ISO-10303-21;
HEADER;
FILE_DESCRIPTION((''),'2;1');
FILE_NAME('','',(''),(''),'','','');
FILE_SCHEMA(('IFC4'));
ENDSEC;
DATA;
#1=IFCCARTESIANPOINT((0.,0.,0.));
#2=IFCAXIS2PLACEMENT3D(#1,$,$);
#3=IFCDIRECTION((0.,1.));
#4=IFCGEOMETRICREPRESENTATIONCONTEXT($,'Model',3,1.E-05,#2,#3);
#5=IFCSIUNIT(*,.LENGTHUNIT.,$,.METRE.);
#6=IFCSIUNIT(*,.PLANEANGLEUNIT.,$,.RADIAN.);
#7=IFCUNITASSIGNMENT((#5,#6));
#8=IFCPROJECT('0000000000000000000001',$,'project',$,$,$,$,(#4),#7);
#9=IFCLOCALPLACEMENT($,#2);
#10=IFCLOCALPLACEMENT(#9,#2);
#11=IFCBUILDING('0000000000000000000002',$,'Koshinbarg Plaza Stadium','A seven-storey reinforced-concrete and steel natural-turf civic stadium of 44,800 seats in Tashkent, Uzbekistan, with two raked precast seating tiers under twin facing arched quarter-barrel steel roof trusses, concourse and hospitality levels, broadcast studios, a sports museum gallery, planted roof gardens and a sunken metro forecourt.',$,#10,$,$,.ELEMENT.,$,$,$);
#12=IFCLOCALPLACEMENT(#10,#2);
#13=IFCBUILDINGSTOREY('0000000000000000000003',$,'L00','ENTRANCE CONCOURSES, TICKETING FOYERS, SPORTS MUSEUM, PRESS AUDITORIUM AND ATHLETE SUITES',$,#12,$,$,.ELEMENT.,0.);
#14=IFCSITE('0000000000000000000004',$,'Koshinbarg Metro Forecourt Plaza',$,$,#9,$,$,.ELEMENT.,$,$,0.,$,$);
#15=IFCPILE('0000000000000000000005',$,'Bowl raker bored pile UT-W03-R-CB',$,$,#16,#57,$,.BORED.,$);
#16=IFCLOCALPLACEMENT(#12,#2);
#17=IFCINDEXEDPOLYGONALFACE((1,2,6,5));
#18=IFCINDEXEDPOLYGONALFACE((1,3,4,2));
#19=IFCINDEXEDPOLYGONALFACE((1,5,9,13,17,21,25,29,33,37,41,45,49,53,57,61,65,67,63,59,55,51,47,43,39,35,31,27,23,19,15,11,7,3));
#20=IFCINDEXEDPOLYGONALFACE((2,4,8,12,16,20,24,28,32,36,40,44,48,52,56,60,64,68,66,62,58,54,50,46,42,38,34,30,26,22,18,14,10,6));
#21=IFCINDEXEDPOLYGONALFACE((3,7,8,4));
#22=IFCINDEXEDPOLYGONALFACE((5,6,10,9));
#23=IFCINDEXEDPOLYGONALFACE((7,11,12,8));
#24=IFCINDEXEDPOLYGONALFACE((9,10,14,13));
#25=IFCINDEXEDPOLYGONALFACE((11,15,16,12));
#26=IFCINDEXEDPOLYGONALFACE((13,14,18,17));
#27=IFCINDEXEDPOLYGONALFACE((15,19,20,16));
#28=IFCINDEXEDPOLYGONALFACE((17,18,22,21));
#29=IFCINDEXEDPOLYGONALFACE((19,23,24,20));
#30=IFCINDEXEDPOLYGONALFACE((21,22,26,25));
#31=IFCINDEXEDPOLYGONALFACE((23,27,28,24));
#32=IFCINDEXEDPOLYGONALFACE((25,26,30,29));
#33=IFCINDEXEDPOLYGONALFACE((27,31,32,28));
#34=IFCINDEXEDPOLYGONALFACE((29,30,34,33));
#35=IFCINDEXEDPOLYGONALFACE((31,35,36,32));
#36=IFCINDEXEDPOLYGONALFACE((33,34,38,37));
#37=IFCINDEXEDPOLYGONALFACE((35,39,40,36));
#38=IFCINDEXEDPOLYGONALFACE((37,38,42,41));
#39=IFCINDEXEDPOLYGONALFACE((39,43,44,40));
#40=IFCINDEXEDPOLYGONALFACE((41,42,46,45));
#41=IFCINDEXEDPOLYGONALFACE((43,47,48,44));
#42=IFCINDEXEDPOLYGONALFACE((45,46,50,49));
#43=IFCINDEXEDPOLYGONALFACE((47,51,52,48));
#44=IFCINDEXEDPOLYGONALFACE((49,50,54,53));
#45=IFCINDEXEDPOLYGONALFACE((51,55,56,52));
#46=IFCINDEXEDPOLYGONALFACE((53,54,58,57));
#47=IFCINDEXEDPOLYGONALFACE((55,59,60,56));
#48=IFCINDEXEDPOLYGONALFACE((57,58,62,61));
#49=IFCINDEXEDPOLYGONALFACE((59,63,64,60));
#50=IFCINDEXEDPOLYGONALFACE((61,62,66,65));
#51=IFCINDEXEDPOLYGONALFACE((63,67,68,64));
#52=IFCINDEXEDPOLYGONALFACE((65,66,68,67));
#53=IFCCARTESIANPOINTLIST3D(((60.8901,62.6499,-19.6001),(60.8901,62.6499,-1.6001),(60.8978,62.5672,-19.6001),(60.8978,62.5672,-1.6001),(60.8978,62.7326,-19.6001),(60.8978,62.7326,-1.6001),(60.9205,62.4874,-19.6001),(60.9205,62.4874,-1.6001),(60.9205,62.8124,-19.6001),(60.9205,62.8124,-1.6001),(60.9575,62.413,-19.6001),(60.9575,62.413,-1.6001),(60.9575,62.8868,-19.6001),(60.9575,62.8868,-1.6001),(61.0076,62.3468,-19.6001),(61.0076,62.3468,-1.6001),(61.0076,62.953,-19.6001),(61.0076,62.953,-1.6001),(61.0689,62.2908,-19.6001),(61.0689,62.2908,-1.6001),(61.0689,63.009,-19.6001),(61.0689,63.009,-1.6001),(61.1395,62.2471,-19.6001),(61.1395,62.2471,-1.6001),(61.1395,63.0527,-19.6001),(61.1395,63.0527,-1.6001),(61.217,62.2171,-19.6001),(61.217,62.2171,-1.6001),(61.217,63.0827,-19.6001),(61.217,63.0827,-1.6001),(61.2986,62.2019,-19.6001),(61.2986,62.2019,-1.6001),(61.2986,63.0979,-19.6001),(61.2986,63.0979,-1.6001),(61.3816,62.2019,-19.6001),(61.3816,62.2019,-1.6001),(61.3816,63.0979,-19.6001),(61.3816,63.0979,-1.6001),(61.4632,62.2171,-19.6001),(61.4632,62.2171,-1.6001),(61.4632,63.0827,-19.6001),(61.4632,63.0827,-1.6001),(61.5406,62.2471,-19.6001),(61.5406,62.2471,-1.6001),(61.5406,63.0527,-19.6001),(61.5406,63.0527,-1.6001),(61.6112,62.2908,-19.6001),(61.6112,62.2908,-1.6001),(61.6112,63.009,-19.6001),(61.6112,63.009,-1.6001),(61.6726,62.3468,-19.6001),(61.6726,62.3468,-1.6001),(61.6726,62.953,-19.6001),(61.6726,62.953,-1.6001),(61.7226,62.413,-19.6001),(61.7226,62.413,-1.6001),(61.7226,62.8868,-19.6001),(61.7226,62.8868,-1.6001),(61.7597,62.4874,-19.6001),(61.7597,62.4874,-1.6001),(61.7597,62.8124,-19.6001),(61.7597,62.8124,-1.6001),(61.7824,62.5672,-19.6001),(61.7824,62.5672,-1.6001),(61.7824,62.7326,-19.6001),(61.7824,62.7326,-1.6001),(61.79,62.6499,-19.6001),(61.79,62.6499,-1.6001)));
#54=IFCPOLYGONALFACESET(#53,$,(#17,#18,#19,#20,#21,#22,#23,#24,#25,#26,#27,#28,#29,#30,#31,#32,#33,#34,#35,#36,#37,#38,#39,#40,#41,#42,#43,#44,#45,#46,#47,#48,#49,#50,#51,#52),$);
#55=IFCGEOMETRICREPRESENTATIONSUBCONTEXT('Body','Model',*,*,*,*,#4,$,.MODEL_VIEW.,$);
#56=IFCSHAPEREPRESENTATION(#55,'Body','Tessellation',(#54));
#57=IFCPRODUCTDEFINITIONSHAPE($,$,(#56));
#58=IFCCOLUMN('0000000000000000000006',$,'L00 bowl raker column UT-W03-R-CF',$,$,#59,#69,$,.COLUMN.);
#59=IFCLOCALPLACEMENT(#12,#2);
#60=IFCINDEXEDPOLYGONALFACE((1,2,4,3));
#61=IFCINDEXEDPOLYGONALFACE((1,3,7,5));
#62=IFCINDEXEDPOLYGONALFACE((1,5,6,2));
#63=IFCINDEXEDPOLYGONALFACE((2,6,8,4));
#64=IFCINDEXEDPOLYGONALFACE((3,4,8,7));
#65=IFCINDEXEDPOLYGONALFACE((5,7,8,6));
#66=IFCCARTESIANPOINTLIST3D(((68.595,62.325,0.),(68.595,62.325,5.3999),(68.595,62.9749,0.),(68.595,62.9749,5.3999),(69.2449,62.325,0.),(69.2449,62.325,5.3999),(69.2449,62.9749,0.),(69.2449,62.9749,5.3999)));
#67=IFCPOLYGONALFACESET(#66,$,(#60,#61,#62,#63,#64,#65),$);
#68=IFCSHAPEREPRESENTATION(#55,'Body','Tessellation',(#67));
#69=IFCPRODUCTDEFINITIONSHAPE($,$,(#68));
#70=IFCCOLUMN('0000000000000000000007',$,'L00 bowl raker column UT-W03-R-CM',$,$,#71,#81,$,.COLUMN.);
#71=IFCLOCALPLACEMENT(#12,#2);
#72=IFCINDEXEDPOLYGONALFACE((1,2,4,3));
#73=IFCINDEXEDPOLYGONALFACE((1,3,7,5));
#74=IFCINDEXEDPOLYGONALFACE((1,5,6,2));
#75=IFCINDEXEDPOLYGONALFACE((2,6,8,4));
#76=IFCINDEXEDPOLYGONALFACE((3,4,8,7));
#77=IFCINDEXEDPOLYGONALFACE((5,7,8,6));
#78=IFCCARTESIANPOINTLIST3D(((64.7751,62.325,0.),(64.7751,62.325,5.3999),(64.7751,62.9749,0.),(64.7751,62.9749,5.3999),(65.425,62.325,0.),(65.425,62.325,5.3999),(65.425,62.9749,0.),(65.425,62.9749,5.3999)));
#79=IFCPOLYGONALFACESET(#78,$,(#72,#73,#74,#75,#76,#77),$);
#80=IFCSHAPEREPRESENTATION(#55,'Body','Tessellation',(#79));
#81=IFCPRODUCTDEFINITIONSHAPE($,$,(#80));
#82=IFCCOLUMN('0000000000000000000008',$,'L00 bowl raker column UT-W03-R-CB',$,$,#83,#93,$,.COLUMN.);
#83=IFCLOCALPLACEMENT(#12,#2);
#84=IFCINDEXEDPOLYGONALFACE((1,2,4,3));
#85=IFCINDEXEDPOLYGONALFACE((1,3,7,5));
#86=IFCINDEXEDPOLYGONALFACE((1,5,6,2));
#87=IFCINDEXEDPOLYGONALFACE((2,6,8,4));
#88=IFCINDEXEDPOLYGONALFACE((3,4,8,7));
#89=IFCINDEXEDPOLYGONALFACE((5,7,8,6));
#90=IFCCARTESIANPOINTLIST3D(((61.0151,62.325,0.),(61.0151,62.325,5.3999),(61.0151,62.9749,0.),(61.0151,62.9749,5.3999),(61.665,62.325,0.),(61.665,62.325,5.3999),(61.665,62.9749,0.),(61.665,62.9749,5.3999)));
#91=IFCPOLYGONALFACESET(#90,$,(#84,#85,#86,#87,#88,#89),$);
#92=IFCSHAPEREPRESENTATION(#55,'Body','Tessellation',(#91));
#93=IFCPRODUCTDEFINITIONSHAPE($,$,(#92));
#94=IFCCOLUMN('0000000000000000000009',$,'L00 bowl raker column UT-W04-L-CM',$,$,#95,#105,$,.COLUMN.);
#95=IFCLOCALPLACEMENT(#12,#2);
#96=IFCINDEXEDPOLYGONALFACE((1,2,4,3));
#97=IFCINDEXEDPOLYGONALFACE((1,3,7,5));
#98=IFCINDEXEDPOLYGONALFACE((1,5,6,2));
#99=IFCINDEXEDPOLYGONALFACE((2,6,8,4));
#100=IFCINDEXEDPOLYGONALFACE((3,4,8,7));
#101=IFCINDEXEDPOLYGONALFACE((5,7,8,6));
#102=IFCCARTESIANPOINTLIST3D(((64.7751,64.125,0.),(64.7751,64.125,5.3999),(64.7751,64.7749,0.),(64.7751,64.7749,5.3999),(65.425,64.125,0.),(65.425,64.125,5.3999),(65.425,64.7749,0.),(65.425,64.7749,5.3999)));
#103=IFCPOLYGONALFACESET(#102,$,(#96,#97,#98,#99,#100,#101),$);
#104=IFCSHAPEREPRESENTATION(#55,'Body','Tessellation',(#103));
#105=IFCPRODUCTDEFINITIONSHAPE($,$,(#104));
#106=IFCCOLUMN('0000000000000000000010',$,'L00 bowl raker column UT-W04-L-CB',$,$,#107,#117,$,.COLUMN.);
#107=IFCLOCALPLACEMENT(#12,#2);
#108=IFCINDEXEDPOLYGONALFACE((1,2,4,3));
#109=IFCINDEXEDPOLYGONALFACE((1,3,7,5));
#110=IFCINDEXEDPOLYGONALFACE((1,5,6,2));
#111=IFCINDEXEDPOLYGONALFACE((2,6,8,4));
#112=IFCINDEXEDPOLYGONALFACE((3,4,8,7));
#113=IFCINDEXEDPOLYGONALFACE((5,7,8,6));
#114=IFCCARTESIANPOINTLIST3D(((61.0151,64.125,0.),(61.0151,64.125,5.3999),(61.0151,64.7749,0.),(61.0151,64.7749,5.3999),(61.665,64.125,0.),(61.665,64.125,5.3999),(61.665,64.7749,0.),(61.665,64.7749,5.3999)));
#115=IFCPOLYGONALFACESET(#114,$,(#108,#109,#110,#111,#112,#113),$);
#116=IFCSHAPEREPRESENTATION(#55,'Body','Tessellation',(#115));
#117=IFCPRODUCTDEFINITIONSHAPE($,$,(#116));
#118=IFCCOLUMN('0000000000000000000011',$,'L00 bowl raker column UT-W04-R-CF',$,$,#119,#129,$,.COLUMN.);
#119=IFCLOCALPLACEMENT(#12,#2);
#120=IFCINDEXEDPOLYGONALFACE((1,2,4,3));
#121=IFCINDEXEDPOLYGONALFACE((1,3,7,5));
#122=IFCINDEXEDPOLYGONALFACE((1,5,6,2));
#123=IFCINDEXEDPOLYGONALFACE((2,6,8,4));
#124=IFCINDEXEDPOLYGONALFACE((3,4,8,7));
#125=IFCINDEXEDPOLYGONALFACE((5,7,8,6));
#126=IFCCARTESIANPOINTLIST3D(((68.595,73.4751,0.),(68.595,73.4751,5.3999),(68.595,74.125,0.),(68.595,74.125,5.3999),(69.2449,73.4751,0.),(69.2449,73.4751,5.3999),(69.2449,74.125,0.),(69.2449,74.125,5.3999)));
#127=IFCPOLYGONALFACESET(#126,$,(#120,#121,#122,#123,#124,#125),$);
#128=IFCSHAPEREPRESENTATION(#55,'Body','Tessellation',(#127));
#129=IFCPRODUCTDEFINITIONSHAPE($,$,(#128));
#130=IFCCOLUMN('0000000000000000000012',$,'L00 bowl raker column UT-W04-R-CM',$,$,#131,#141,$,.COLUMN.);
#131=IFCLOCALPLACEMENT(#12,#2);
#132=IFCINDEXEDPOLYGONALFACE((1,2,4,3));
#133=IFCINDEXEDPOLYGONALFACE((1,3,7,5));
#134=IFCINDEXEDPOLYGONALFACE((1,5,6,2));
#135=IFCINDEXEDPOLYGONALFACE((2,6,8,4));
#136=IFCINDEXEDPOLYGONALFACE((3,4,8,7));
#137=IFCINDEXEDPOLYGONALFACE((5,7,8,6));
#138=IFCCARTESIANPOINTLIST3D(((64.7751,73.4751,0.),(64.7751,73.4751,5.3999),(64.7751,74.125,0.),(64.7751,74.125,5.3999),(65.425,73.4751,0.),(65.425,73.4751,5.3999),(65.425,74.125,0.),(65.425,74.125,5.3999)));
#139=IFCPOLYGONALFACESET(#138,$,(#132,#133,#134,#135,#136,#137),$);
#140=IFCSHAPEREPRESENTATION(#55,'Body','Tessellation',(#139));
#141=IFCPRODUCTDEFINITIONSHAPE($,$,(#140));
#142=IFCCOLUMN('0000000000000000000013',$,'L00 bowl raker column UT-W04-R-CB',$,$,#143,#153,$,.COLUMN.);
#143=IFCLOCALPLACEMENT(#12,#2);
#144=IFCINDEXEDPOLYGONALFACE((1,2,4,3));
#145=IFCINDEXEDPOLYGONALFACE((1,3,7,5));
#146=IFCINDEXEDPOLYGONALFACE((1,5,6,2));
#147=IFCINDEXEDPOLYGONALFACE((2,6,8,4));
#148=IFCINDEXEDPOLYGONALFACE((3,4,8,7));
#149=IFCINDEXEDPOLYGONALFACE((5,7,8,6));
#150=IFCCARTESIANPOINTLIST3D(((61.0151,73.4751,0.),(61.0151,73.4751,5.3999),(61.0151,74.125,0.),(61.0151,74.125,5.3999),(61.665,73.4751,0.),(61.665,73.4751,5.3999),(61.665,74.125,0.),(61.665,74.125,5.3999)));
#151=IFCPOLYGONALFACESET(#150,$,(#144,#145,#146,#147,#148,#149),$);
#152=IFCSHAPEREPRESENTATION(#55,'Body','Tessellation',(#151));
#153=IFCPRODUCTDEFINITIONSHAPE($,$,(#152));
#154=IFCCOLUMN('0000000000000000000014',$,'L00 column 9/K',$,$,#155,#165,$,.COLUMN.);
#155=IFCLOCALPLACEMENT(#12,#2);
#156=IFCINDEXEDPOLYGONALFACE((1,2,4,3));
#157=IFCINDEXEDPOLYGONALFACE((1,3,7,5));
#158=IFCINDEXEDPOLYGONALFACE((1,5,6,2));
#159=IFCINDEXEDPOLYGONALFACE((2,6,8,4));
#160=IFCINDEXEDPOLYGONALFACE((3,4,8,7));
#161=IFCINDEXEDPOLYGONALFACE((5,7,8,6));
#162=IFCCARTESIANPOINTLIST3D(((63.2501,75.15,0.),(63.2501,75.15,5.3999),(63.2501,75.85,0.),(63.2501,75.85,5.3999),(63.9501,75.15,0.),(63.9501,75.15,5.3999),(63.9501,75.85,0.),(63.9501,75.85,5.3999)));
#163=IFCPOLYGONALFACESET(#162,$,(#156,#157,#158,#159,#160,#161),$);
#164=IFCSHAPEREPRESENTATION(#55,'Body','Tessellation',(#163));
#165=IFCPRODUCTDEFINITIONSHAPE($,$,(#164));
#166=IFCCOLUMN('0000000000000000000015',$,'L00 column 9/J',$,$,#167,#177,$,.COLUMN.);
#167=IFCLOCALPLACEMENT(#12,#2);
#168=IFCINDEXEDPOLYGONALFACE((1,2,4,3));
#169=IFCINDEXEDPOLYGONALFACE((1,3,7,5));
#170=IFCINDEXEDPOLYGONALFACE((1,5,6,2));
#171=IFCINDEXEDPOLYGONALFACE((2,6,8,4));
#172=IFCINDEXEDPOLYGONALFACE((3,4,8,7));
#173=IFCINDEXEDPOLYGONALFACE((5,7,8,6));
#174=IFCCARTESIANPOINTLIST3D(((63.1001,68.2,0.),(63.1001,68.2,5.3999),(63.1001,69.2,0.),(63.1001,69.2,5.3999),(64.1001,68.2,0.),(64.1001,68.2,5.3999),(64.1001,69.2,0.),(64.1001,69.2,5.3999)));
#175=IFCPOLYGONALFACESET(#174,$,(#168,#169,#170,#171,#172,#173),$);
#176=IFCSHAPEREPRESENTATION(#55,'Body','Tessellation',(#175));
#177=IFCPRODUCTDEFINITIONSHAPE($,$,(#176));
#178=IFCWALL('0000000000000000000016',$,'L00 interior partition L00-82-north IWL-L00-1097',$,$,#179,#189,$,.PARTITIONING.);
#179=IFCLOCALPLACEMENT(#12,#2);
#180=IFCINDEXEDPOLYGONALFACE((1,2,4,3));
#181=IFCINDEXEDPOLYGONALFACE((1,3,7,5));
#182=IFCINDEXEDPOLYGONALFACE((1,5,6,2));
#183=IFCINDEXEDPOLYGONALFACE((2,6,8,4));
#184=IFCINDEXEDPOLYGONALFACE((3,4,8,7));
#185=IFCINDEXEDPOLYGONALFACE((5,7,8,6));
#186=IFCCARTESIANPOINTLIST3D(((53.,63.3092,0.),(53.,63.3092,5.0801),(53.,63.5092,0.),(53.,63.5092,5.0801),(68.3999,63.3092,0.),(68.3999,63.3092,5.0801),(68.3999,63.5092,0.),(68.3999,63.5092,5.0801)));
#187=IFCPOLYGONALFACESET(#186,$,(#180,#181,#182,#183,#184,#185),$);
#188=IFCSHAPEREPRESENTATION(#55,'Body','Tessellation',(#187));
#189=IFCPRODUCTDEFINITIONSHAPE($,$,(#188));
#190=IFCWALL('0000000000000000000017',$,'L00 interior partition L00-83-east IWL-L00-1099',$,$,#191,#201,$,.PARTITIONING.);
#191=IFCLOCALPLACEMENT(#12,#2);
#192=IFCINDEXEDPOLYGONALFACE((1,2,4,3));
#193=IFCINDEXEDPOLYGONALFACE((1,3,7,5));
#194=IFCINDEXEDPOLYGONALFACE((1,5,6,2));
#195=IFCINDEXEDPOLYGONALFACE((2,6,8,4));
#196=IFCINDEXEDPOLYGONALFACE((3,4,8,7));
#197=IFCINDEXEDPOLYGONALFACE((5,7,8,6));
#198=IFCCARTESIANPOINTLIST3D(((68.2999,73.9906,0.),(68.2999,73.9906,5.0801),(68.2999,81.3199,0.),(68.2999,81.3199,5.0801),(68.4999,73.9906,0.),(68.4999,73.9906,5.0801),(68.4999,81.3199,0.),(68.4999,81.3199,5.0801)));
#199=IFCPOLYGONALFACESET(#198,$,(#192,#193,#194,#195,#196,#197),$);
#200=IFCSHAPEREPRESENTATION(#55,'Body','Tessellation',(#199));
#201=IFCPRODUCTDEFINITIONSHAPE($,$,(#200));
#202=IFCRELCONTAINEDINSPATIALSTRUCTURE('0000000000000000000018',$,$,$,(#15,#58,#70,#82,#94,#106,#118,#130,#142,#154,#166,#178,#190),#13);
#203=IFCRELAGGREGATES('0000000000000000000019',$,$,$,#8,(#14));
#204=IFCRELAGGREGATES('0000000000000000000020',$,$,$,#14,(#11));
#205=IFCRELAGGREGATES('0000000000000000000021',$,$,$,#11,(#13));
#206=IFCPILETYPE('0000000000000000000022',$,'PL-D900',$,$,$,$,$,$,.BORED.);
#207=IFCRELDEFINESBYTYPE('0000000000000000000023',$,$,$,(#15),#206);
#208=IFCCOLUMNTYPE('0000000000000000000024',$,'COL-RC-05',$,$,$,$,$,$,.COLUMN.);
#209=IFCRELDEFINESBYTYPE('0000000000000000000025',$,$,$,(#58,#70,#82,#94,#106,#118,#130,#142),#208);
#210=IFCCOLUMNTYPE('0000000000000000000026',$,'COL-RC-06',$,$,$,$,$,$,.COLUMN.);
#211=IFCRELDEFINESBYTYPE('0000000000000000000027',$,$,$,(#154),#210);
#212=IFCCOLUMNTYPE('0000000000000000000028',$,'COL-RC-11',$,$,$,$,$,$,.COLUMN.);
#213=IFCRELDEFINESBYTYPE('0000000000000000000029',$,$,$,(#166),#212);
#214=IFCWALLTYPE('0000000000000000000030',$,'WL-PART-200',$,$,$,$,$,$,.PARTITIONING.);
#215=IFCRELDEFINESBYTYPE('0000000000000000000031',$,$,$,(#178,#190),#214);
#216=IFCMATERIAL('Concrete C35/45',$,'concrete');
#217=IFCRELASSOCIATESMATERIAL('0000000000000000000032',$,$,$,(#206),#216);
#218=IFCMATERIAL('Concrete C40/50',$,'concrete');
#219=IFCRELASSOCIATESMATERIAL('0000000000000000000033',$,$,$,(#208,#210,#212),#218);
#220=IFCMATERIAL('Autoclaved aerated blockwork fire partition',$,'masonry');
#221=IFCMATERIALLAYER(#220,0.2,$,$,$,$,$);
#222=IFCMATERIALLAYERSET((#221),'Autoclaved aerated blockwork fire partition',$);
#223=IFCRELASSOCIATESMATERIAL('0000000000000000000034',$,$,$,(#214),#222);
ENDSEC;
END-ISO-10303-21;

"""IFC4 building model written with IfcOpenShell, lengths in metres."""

from ifc_helpers import new_model, si_unit, direction, frame, frame_2d, origin, origin_2d, place, context, subcontext, project, spatial, rectangle, circle, extrude, material, layer, layer_set, material_profile, profile_set, type_object, element, save


model = new_model("IFC4")

# Units and contexts
model_context = context("Model", 3, precision=1e-05, world=origin(), true_north=direction((0.0, 1.0)))
body_context = subcontext(model_context, "Body", "Model", "MODEL_VIEW")
ifc_project = project(units=[si_unit("LENGTHUNIT", "METRE"), si_unit("PLANEANGLEUNIT", "RADIAN")], contexts=[model_context])

# Site, building, storey
site_placement = place(None, origin())
site = spatial("IfcSite", under=ifc_project, at=site_placement, Name="Koshinbarg Metro Forecourt Plaza", CompositionType="ELEMENT", RefElevation=0.0)
building_placement = place(site_placement, origin())
building = spatial("IfcBuilding", under=site, at=building_placement, Name="Koshinbarg Plaza Stadium", Description="A seven-storey reinforced-concrete and steel natural-turf civic stadium of 44,800 seats in Tashkent, Uzbekistan, with two raked precast seating tiers under twin facing arched quarter-barrel steel roof trusses, concourse and hospitality levels, broadcast studios, a sports museum gallery, planted roof gardens and a sunken metro forecourt.", CompositionType="ELEMENT")
storey_placement = place(building_placement, origin())
storey = spatial("IfcBuildingStorey", under=building, at=storey_placement, Name="L00", Description="ENTRANCE CONCOURSES, TICKETING FOYERS, SPORTS MUSEUM, PRESS AUDITORIUM AND ATHLETE SUITES", CompositionType="ELEMENT", Elevation=0.0)

# Shared definitions
ifc_material_1 = material(Name="Concrete C35/45", Category="concrete")

# Pile
ifc_material_profile_1 = material_profile(ifc_material_1, circle(Radius=0.45, at=origin_2d()), Name="PILE D900")
ifc_profile_set_1 = profile_set([ifc_material_profile_1], Name="Concrete C35/45")
pile_type_1 = type_object("IfcPileType", Name="PL-D900", PredefinedType="BORED", material=ifc_profile_set_1)
for number, where, z_axis, x_axis, name in (
    (1, (61.3401, 62.6499, -1.6001), (0.0, 0.0, -1.0), (1.0, 0.0, 0.0), "Bowl raker bored pile UT-W03-R-CB"),
):
    element("IfcPile", number, at=place(storey_placement, frame(where, z_axis=z_axis, x_axis=x_axis)), inside=storey, type_object=pile_type_1, Name=name, PredefinedType="BORED", context=body_context, shape_type="SweptSolid", body=[
        extrude(circle(Radius=0.45, at=origin_2d()), origin(), (0.0, 0.0, 1.0), 18.0),
    ])

# Columns
ifc_material_2 = material(Name="Concrete C40/50", Category="concrete")
ifc_material_profile_2 = material_profile(ifc_material_2, rectangle(XDim=0.6499, YDim=0.6499, at=origin_2d()), Name="RC 650x650")
ifc_profile_set_2 = profile_set([ifc_material_profile_2], Name="Concrete C40/50")
column_type_1 = type_object("IfcColumnType", Name="COL-RC-05", PredefinedType="COLUMN", material=ifc_profile_set_2)
for number, where, z_axis, x_axis, name in (
    (2, (68.9199, 62.6499, 0.0), (0.0, 0.0, 1.0), (1.0, 0.0, 0.0), "L00 bowl raker column UT-W03-R-CF"),
    (3, (65.1001, 62.6499, 0.0), (0.0, 0.0, 1.0), (1.0, 0.0, 0.0), "L00 bowl raker column UT-W03-R-CM"),
    (4, (61.3401, 62.6499, 0.0), (0.0, 0.0, 1.0), (1.0, 0.0, 0.0), "L00 bowl raker column UT-W03-R-CB"),
    (5, (65.1001, 64.45, 0.0), (0.0, 0.0, 1.0), (1.0, 0.0, 0.0), "L00 bowl raker column UT-W04-L-CM"),
    (6, (61.3401, 64.45, 0.0), (0.0, 0.0, 1.0), (1.0, 0.0, 0.0), "L00 bowl raker column UT-W04-L-CB"),
    (7, (68.9199, 73.8, 0.0), (0.0, 0.0, 1.0), (1.0, 0.0, 0.0), "L00 bowl raker column UT-W04-R-CF"),
    (8, (65.1001, 73.8, 0.0), (0.0, 0.0, 1.0), (1.0, 0.0, 0.0), "L00 bowl raker column UT-W04-R-CM"),
    (9, (61.3401, 73.8, 0.0), (0.0, 0.0, 1.0), (1.0, 0.0, 0.0), "L00 bowl raker column UT-W04-R-CB"),
):
    element("IfcColumn", number, at=place(storey_placement, frame(where, z_axis=z_axis, x_axis=x_axis)), inside=storey, type_object=column_type_1, Name=name, PredefinedType="COLUMN", context=body_context, shape_type="SweptSolid", body=[
        extrude(rectangle(XDim=0.6499, YDim=0.6499, at=origin_2d()), origin(), (0.0, 0.0, 1.0), 5.3999),
    ])
ifc_material_profile_3 = material_profile(ifc_material_2, rectangle(XDim=0.7, YDim=0.7, at=origin_2d()), Name="RC 700x700")
ifc_profile_set_3 = profile_set([ifc_material_profile_3], Name="Concrete C40/50")
column_type_2 = type_object("IfcColumnType", Name="COL-RC-06", PredefinedType="COLUMN", material=ifc_profile_set_3)
column_1_placement = place(storey_placement, frame((63.6001, 75.5, 0.0), z_axis=(0.0, 0.0, 1.0), x_axis=(1.0, 0.0, 0.0)))
element("IfcColumn", 10, at=column_1_placement, inside=storey, type_object=column_type_2, Name="L00 column 9/K", PredefinedType="COLUMN", context=body_context, shape_type="SweptSolid", body=[
    extrude(rectangle(XDim=0.7, YDim=0.7, at=origin_2d()), origin(), (0.0, 0.0, 1.0), 5.3999),
])
ifc_material_profile_4 = material_profile(ifc_material_2, rectangle(XDim=1.0, YDim=1.0, at=origin_2d()), Name="RC 1000x1000")
ifc_profile_set_4 = profile_set([ifc_material_profile_4], Name="Concrete C40/50")
column_type_3 = type_object("IfcColumnType", Name="COL-RC-11", PredefinedType="COLUMN", material=ifc_profile_set_4)
column_2_placement = place(storey_placement, frame((63.6001, 68.7, 0.0), z_axis=(0.0, 0.0, 1.0), x_axis=(1.0, 0.0, 0.0)))
element("IfcColumn", 11, at=column_2_placement, inside=storey, type_object=column_type_3, Name="L00 column 9/J", PredefinedType="COLUMN", context=body_context, shape_type="SweptSolid", body=[
    extrude(rectangle(XDim=1.0, YDim=1.0, at=origin_2d()), origin(), (0.0, 0.0, 1.0), 5.3999),
])

# Walls
ifc_material_3 = material(Name="Autoclaved aerated blockwork fire partition", Category="masonry")
ifc_layer = layer(ifc_material_3, 0.2)
ifc_layer_set = layer_set([ifc_layer], Name="Autoclaved aerated blockwork fire partition")
wall_type = type_object("IfcWallType", Name="WL-PART-200", PredefinedType="PARTITIONING", material=ifc_layer_set)
wall_1_placement = place(storey_placement, frame((68.3999, 63.4092, 0.0), z_axis=(0.0, 0.0, 1.0), x_axis=(-1.0, 0.0, 0.0)))
element("IfcWall", 12, at=wall_1_placement, inside=storey, type_object=wall_type, Name="L00 interior partition L00-82-north IWL-L00-1097", PredefinedType="PARTITIONING", context=body_context, shape_type="SweptSolid", body=[
    extrude(rectangle(XDim=15.3999, YDim=0.2, at=frame_2d((7.7, 0.0))), origin(), (0.0, 0.0, 1.0), 5.0801),
])
wall_2_placement = place(storey_placement, frame((68.3999, 73.9907, 0.0), z_axis=(0.0, 0.0, 1.0), x_axis=(0.0, 1.0, 0.0)))
element("IfcWall", 13, at=wall_2_placement, inside=storey, type_object=wall_type, Name="L00 interior partition L00-83-east IWL-L00-1099", PredefinedType="PARTITIONING", context=body_context, shape_type="SweptSolid", body=[
    extrude(rectangle(XDim=7.3293, YDim=0.2, at=frame_2d((3.6646, 0.0))), origin(), (0.0, 0.0, 1.0), 5.0801),
])

save(model, "model.ifc")
